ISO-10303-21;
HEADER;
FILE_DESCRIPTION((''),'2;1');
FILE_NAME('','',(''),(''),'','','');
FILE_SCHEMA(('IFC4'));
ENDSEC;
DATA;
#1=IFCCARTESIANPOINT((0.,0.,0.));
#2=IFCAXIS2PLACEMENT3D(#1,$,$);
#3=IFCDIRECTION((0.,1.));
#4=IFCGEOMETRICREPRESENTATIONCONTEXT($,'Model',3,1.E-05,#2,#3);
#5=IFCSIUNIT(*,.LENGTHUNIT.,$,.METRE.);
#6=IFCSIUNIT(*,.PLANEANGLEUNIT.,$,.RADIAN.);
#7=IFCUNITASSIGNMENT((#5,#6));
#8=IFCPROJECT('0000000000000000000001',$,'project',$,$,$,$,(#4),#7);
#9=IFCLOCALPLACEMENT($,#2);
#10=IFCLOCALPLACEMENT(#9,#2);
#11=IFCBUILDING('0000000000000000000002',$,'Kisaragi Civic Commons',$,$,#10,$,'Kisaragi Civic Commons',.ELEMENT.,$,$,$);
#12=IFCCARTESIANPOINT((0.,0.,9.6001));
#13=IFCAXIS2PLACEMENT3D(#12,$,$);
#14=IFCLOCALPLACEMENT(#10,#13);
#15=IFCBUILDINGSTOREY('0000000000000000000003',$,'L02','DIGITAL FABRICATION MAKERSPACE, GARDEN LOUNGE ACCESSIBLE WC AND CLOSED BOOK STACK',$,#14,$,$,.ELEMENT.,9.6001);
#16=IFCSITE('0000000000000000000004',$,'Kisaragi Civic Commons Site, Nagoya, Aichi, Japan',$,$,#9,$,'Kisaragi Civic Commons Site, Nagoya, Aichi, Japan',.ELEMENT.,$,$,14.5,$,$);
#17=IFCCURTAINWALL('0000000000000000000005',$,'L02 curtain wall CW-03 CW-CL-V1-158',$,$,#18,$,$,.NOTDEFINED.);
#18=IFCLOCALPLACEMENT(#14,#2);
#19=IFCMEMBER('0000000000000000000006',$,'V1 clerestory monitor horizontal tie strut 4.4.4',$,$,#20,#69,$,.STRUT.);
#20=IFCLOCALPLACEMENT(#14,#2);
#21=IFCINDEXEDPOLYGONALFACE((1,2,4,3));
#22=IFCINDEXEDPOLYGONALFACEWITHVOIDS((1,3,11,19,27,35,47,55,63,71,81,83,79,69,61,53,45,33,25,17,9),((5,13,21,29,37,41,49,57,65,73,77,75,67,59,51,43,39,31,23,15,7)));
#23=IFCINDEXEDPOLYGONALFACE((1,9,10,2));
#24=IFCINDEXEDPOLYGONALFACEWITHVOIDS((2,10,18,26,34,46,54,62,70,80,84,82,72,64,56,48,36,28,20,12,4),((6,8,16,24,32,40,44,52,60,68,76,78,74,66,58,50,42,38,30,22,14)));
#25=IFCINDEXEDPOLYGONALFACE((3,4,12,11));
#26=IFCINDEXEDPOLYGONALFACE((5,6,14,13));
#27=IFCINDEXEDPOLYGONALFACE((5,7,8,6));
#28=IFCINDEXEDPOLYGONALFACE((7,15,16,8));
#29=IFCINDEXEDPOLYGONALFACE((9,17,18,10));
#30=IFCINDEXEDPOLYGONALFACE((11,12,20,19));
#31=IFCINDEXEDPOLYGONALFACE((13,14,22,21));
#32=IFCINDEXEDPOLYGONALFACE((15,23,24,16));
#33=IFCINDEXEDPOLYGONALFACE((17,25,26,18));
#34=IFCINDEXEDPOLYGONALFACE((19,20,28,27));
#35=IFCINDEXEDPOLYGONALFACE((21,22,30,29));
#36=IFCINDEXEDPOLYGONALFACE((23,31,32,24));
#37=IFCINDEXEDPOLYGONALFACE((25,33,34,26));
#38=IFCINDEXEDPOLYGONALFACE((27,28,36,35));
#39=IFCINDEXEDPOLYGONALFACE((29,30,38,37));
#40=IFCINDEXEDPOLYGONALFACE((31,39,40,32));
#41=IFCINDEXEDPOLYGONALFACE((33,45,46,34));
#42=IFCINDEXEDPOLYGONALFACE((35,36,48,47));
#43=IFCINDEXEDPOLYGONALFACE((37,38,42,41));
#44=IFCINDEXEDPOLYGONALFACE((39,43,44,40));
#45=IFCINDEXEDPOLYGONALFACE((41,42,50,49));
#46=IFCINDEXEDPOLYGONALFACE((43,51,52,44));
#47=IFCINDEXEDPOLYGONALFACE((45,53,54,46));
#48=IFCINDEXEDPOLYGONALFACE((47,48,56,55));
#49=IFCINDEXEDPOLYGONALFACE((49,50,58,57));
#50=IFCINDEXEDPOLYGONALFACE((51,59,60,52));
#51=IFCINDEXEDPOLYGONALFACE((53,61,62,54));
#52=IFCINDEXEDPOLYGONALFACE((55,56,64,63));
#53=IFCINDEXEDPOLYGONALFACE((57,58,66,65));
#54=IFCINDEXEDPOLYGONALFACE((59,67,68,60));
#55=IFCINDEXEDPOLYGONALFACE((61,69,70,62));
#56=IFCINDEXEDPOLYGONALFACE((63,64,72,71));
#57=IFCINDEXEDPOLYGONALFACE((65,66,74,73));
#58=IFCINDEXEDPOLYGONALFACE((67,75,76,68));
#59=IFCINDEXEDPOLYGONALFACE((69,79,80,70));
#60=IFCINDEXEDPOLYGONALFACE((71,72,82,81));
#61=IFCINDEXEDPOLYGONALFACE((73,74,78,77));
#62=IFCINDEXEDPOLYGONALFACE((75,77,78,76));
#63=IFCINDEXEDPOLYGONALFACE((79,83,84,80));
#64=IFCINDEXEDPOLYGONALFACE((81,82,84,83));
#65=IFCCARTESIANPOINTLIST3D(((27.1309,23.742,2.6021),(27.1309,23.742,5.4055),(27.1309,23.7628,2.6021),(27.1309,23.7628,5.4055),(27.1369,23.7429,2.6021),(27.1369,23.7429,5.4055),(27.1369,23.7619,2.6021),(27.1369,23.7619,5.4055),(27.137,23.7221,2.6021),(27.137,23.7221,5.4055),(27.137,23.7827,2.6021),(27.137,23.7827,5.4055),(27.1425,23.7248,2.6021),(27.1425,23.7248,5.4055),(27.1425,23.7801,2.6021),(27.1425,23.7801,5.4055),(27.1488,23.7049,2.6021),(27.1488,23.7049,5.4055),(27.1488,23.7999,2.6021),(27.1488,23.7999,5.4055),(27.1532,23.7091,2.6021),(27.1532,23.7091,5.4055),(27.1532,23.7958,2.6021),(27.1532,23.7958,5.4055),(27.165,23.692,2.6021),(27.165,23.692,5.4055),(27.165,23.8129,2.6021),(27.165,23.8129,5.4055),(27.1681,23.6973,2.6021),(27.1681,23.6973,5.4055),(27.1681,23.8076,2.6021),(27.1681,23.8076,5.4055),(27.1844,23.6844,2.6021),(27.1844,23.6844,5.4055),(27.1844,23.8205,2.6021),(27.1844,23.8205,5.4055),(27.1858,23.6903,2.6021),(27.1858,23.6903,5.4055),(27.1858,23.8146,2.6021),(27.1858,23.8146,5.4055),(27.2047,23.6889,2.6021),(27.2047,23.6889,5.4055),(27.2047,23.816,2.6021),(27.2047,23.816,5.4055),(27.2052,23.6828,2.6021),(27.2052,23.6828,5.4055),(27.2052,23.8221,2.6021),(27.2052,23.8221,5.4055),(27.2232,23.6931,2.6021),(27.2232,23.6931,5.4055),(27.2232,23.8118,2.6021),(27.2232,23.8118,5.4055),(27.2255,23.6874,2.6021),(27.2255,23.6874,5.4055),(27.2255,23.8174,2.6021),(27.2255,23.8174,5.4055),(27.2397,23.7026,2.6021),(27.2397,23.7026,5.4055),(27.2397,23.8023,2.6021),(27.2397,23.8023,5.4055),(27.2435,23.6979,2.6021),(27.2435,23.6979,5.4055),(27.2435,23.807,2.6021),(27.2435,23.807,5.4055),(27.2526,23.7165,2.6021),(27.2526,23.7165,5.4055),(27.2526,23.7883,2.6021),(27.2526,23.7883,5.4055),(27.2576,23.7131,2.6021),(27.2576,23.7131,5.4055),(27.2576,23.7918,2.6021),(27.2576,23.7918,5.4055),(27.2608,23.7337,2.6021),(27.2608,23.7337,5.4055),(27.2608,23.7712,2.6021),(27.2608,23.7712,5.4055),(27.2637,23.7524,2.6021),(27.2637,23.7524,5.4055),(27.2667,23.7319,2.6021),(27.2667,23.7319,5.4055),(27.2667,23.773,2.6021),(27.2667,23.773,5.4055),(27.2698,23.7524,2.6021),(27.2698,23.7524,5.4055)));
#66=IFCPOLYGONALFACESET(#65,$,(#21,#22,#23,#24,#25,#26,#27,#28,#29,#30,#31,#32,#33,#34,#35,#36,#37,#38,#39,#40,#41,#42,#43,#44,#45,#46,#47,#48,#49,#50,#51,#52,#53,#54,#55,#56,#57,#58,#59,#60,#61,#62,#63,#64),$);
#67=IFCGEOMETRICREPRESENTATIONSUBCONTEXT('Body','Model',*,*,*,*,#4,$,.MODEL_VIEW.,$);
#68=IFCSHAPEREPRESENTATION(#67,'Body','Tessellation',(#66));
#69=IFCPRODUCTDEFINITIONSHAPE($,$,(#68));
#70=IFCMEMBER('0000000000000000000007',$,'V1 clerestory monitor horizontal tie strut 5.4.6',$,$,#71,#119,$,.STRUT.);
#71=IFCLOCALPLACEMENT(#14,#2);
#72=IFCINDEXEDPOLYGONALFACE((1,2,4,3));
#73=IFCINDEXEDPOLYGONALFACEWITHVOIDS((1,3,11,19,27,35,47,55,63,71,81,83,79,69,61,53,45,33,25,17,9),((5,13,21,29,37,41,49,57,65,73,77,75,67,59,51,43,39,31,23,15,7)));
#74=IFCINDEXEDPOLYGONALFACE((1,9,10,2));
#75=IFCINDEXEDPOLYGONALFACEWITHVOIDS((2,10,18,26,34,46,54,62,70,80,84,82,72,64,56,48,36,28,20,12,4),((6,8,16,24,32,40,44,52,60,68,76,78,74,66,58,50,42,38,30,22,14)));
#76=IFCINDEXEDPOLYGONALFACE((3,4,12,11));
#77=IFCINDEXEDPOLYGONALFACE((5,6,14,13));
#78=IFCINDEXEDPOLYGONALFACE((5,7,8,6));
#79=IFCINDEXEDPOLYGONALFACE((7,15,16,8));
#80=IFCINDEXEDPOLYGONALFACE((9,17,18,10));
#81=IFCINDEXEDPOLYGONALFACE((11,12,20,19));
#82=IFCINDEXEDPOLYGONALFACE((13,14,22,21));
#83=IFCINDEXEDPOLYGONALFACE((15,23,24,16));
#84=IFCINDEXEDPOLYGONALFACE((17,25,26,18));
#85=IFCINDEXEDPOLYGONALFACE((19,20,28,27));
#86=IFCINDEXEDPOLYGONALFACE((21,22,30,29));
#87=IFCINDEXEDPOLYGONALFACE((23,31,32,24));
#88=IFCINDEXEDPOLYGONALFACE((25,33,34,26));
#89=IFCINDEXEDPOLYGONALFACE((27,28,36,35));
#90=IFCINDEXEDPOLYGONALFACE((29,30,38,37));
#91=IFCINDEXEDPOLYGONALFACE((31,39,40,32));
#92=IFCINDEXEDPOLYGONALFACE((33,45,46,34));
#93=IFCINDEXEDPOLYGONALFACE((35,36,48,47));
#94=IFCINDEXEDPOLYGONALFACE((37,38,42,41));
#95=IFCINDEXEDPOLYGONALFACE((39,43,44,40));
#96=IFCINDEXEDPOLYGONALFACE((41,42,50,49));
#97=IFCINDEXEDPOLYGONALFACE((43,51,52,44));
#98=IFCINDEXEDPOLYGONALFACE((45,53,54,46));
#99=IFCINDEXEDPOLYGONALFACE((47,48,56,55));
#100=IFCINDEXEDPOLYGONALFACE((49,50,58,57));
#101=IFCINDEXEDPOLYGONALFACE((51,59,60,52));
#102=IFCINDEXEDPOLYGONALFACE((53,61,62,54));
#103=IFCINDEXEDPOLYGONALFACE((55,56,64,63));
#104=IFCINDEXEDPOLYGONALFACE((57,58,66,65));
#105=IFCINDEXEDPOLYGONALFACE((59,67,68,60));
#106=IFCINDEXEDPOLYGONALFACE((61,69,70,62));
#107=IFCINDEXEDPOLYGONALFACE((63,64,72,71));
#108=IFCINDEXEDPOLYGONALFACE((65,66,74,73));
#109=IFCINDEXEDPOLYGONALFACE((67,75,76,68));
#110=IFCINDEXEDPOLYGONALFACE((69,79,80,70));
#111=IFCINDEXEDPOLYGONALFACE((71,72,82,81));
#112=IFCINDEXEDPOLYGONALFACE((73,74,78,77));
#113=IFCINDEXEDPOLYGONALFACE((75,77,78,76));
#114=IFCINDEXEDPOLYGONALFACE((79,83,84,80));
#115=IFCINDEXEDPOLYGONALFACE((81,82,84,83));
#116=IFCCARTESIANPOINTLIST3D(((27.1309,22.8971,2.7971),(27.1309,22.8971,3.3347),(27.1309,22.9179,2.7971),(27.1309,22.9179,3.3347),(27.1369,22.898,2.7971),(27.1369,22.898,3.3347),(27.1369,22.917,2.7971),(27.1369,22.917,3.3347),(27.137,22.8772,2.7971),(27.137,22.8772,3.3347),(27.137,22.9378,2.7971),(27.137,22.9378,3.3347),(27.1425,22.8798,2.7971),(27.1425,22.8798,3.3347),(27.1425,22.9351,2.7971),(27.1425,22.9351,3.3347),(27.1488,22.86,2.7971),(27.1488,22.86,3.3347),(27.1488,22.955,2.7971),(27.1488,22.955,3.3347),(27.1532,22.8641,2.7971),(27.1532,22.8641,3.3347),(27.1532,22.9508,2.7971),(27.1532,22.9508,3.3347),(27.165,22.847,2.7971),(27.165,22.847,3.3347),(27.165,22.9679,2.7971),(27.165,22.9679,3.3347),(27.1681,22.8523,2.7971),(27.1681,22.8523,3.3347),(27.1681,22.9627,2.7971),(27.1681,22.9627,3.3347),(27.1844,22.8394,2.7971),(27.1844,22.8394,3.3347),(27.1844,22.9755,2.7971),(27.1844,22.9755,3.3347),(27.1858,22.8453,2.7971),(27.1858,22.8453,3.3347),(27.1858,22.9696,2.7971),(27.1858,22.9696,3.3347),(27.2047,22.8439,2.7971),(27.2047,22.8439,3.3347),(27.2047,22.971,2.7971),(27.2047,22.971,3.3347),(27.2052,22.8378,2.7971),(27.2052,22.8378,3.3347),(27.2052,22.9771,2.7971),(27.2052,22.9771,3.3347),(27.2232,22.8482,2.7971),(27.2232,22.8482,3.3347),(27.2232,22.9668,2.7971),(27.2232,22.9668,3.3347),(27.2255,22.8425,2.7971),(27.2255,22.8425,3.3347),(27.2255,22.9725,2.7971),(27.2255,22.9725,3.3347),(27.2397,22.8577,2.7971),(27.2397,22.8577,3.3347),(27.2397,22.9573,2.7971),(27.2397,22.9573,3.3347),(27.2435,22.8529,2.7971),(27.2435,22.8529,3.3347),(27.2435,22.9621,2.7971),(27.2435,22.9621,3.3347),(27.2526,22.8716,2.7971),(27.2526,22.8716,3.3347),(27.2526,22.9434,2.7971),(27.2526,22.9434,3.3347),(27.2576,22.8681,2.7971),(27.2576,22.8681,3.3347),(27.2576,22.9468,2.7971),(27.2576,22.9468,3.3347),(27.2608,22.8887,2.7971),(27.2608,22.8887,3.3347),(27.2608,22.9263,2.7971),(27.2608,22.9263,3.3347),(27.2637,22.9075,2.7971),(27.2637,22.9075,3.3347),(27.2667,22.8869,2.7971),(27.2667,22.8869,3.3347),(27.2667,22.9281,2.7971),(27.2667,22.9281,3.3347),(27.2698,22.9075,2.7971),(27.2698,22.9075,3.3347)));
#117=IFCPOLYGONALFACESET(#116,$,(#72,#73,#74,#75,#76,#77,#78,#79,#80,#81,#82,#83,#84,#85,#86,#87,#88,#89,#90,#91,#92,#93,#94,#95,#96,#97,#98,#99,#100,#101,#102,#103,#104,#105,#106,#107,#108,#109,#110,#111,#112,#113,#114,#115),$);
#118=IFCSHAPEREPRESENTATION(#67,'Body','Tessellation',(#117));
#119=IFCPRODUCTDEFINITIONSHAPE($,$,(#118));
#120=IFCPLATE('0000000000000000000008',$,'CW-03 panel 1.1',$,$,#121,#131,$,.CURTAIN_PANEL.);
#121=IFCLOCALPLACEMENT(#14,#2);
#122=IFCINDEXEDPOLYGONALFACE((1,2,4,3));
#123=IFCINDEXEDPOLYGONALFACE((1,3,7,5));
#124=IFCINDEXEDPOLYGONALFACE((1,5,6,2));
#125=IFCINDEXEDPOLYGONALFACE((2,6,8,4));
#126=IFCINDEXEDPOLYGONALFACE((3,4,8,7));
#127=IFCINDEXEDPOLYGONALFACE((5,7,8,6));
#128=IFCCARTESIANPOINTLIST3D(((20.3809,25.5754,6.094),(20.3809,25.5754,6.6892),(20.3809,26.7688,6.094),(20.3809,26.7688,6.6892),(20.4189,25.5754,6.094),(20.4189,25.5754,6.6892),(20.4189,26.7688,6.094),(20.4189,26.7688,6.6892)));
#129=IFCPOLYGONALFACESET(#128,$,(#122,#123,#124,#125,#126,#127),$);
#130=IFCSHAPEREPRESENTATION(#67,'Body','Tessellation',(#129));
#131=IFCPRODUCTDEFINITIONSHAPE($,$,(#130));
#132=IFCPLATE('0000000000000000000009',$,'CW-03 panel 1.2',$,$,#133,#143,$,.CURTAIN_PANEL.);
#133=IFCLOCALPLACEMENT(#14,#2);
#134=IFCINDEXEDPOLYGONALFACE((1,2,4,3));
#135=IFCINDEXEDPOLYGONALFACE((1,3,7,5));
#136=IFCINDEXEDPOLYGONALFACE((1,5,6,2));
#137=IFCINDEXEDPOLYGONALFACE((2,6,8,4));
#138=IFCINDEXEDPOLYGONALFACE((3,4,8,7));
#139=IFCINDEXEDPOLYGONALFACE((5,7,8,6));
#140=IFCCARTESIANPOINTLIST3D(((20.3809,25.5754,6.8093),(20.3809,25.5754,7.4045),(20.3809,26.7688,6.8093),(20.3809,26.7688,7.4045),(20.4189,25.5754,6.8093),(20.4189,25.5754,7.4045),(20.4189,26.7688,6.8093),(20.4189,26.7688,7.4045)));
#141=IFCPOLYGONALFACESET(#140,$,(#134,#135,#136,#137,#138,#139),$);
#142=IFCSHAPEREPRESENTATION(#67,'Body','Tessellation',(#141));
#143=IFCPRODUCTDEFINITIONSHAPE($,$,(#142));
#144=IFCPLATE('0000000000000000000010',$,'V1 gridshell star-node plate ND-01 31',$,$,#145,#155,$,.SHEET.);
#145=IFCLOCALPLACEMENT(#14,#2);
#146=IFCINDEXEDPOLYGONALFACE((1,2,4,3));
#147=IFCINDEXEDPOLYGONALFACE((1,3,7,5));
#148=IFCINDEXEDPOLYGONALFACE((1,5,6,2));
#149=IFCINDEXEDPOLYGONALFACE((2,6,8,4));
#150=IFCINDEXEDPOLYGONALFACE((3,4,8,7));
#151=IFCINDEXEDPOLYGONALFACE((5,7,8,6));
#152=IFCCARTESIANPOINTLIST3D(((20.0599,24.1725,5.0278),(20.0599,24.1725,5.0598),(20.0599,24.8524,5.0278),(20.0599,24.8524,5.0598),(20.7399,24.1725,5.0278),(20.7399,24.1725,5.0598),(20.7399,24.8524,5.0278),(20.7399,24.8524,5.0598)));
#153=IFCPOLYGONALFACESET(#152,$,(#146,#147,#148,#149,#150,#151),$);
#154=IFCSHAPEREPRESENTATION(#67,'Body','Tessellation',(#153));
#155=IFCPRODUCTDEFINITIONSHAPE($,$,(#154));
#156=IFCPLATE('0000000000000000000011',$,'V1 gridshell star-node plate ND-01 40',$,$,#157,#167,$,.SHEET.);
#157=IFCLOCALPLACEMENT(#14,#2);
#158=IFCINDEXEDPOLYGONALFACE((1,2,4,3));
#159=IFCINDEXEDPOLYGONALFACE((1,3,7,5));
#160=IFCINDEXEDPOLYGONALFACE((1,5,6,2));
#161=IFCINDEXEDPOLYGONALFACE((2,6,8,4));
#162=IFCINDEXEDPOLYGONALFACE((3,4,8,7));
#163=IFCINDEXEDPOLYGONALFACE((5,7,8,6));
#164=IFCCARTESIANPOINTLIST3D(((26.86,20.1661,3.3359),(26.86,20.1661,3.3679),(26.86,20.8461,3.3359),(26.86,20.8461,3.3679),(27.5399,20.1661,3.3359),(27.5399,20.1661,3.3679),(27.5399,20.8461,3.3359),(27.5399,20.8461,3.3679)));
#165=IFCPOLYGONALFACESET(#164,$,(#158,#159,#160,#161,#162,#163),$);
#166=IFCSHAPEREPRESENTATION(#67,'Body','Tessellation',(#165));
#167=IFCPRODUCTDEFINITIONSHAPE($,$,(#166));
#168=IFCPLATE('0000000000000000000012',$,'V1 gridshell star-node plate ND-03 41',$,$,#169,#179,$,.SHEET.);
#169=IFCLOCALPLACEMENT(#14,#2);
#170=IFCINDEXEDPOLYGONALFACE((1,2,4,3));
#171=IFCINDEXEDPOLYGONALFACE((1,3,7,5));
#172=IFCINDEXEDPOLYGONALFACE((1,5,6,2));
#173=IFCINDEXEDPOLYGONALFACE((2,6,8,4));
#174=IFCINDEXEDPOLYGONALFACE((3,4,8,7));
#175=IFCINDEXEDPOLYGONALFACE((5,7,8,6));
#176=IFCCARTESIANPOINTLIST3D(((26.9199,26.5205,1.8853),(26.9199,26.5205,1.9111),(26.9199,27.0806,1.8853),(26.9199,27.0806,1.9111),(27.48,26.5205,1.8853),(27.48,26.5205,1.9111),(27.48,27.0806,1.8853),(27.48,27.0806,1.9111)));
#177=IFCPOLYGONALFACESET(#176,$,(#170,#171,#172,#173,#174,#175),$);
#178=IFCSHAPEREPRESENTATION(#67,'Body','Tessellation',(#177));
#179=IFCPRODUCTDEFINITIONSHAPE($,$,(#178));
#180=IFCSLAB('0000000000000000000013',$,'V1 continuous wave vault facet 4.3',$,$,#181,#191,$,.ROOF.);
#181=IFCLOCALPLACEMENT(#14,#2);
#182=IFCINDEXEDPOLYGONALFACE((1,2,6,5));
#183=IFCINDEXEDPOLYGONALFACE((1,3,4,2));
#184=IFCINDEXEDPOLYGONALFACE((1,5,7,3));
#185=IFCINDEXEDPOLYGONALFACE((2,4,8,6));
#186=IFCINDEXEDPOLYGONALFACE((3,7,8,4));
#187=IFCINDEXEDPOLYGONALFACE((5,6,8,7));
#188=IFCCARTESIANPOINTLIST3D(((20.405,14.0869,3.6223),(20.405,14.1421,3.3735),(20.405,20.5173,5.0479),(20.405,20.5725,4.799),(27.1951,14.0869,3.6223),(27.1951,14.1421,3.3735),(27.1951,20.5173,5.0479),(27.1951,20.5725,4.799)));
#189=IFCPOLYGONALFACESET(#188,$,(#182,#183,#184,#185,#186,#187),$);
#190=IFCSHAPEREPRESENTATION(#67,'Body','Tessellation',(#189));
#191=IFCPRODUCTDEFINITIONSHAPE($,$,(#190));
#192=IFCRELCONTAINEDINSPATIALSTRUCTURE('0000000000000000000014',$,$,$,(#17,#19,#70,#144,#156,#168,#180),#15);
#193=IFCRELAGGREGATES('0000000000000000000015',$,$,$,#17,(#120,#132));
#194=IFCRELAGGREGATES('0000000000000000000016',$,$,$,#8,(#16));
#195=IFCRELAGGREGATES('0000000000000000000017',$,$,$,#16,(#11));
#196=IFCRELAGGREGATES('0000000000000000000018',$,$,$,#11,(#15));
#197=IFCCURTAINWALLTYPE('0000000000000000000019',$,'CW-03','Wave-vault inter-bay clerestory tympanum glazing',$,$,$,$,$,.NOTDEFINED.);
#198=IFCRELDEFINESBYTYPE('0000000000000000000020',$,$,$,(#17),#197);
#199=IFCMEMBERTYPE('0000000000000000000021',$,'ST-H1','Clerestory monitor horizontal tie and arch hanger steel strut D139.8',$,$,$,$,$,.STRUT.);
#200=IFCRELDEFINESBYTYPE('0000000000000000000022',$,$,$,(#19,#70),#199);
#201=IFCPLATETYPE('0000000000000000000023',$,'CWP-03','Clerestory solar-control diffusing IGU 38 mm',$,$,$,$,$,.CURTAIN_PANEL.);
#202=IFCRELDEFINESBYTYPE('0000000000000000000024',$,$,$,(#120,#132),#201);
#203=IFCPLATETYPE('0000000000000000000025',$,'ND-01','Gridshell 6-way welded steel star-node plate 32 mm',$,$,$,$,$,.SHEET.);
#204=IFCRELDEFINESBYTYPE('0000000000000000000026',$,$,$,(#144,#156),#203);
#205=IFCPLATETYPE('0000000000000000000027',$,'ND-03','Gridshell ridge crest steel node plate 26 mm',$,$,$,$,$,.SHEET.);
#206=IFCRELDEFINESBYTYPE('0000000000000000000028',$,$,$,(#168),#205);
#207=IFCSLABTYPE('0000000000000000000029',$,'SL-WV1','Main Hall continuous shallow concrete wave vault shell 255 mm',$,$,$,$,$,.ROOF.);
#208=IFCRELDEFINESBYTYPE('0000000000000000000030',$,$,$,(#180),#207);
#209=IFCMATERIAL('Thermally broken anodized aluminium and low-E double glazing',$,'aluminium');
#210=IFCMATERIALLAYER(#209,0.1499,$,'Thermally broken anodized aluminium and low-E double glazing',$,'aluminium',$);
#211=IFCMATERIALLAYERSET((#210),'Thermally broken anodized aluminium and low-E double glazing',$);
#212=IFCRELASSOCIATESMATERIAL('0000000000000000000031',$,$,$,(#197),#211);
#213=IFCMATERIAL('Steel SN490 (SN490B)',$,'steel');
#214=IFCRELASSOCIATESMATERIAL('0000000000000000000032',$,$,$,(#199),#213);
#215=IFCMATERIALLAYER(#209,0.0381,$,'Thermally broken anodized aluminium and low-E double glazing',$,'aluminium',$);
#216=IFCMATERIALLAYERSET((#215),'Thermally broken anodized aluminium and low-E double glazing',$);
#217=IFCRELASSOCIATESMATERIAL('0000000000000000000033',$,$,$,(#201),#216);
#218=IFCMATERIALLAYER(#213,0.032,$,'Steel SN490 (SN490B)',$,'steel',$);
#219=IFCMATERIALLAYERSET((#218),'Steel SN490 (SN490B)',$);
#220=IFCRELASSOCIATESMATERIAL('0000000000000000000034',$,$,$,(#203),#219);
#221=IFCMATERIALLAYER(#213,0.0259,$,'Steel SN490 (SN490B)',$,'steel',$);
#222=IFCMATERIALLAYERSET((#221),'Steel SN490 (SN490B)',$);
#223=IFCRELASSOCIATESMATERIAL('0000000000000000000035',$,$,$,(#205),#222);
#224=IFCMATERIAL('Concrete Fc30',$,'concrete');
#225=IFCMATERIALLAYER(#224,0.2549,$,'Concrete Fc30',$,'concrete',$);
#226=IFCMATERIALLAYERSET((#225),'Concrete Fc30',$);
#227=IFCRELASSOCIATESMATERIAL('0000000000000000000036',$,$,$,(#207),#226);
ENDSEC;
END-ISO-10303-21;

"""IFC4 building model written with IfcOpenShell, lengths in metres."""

from ifc_helpers import new_model, si_unit, direction, frame, origin, origin_2d, place, context, subcontext, project, spatial, polyline, rectangle, hollow_circle, outline, extrude, material, layer, layer_set, material_profile, profile_set, type_object, element, aggregate, save


model = new_model("IFC4")

# Units and contexts
model_context = context("Model", 3, precision=1e-05, world=origin(), true_north=direction((0.0, 1.0)))
body_context = subcontext(model_context, "Body", "Model", "MODEL_VIEW")
ifc_project = project(units=[si_unit("LENGTHUNIT", "METRE"), si_unit("PLANEANGLEUNIT", "RADIAN")], contexts=[model_context])

# Site, building, storey
site_placement = place(None, origin())
site = spatial("IfcSite", under=ifc_project, at=site_placement, Name="Kisaragi Civic Commons Site, Nagoya, Aichi, Japan", LongName="Kisaragi Civic Commons Site, Nagoya, Aichi, Japan", CompositionType="ELEMENT", RefElevation=14.5)
building_placement = place(site_placement, origin())
building = spatial("IfcBuilding", under=site, at=building_placement, Name="Kisaragi Civic Commons", LongName="Kisaragi Civic Commons", CompositionType="ELEMENT")
storey_placement = place(building_placement, frame((0.0, 0.0, 9.6001)))
storey = spatial("IfcBuildingStorey", under=building, at=storey_placement, Name="L02", Description="DIGITAL FABRICATION MAKERSPACE, GARDEN LOUNGE ACCESSIBLE WC AND CLOSED BOOK STACK", CompositionType="ELEMENT", Elevation=9.6001)

# Curtain wall
ifc_material_1 = material(Name="Thermally broken anodized aluminium and low-E double glazing", Category="aluminium")
ifc_layer_1 = layer(ifc_material_1, 0.1499, Name="Thermally broken anodized aluminium and low-E double glazing", Category="aluminium")
ifc_layer_set_1 = layer_set([ifc_layer_1], Name="Thermally broken anodized aluminium and low-E double glazing")
curtain_wall_type = type_object("IfcCurtainWallType", Name="CW-03", Description="Wave-vault inter-bay clerestory tympanum glazing", PredefinedType="NOTDEFINED", material=ifc_layer_set_1)
curtain_wall_placement = place(storey_placement, origin())
curtain_wall = element("IfcCurtainWall", 1, at=curtain_wall_placement, inside=storey, type_object=curtain_wall_type, Name="L02 curtain wall CW-03 CW-CL-V1-158", PredefinedType="NOTDEFINED")

# Members
ifc_material_2 = material(Name="Steel SN490 (SN490B)", Category="steel")
ifc_material_profile_1 = material_profile(ifc_material_2, hollow_circle(Radius=0.0698, WallThickness=0.0061, at=origin_2d()), Name="CHS-139.8x6.0", Category="steel")
ifc_profile_set_1 = profile_set([ifc_material_profile_1], Name="Steel SN490 (SN490B)")
member_type_1 = type_object("IfcMemberType", Name="ST-H1", Description="Clerestory monitor horizontal tie and arch hanger steel strut D139.8", PredefinedType="STRUT", material=ifc_profile_set_1)
member_1_placement = place(storey_placement, frame((27.2, 23.7524, 2.6021), z_axis=(0.0, 0.0, 1.0), x_axis=(1.0, 0.0, 0.0)))
element("IfcMember", 2, at=member_1_placement, inside=storey, type_object=member_type_1, Name="V1 clerestory monitor horizontal tie strut 4.4.4", PredefinedType="STRUT", context=body_context, shape_type="SweptSolid", body=[
    extrude(hollow_circle(Radius=0.0698, WallThickness=0.0061, at=origin_2d()), origin(), (0.0, 0.0, 1.0), 2.8035),
])
member_2_placement = place(storey_placement, frame((27.2, 22.9075, 2.7971), z_axis=(0.0, 0.0, 1.0), x_axis=(1.0, 0.0, 0.0)))
element("IfcMember", 3, at=member_2_placement, inside=storey, type_object=member_type_1, Name="V1 clerestory monitor horizontal tie strut 5.4.6", PredefinedType="STRUT", context=body_context, shape_type="SweptSolid", body=[
    extrude(hollow_circle(Radius=0.0698, WallThickness=0.0061, at=origin_2d()), origin(), (0.0, 0.0, 1.0), 0.5376),
])

# Plates
ifc_layer_2 = layer(ifc_material_1, 0.0381, Name="Thermally broken anodized aluminium and low-E double glazing", Category="aluminium")
ifc_layer_set_2 = layer_set([ifc_layer_2], Name="Thermally broken anodized aluminium and low-E double glazing")
plate_type_1 = type_object("IfcPlateType", Name="CWP-03", Description="Clerestory solar-control diffusing IGU 38 mm", PredefinedType="CURTAIN_PANEL", material=ifc_layer_set_2)
plate_1_placement = place(storey_placement, frame((20.3999, 26.1721, 6.094), z_axis=(0.0, 0.0, 1.0), x_axis=(0.0, 1.0, 0.0)))
plate_1 = element("IfcPlate", 4, at=plate_1_placement, type_object=plate_type_1, Name="CW-03 panel 1.1", PredefinedType="CURTAIN_PANEL", context=body_context, shape_type="SweptSolid", body=[
    extrude(rectangle(XDim=1.1934, YDim=0.0381, at=origin_2d()), origin(), (0.0, 0.0, 1.0), 0.5952),
])
plate_2_placement = place(storey_placement, frame((20.3999, 26.1721, 6.8093), z_axis=(0.0, 0.0, 1.0), x_axis=(0.0, 1.0, 0.0)))
plate_2 = element("IfcPlate", 5, at=plate_2_placement, type_object=plate_type_1, Name="CW-03 panel 1.2", PredefinedType="CURTAIN_PANEL", context=body_context, shape_type="SweptSolid", body=[
    extrude(rectangle(XDim=1.1934, YDim=0.0381, at=origin_2d()), origin(), (0.0, 0.0, 1.0), 0.5952),
])
aggregate(curtain_wall, [plate_1, plate_2])

# Plates
ifc_layer_3 = layer(ifc_material_2, 0.032, Name="Steel SN490 (SN490B)", Category="steel")
ifc_layer_set_3 = layer_set([ifc_layer_3], Name="Steel SN490 (SN490B)")
plate_type_2 = type_object("IfcPlateType", Name="ND-01", Description="Gridshell 6-way welded steel star-node plate 32 mm", PredefinedType="SHEET", material=ifc_layer_set_3)
for number, where, z_axis, x_axis, name in (
    (6, (20.3999, 24.5125, 5.0278), (0.0, 0.0, 1.0), (1.0, 0.0, 0.0), "V1 gridshell star-node plate ND-01 31"),
    (7, (27.2, 20.5061, 3.3359), (0.0, 0.0, 1.0), (1.0, 0.0, 0.0), "V1 gridshell star-node plate ND-01 40"),
):
    element("IfcPlate", number, at=place(storey_placement, frame(where, z_axis=z_axis, x_axis=x_axis)), inside=storey, type_object=plate_type_2, Name=name, PredefinedType="SHEET", context=body_context, shape_type="SweptSolid", body=[
        extrude(rectangle(XDim=0.6799, YDim=0.6799, at=origin_2d()), origin(), (0.0, 0.0, 1.0), 0.032),
    ])
ifc_layer_4 = layer(ifc_material_2, 0.0259, Name="Steel SN490 (SN490B)", Category="steel")
ifc_layer_set_4 = layer_set([ifc_layer_4], Name="Steel SN490 (SN490B)")
plate_type_3 = type_object("IfcPlateType", Name="ND-03", Description="Gridshell ridge crest steel node plate 26 mm", PredefinedType="SHEET", material=ifc_layer_set_4)
plate_3_placement = place(storey_placement, frame((27.2, 26.8005, 1.8853), z_axis=(0.0, 0.0, 1.0), x_axis=(1.0, 0.0, 0.0)))
element("IfcPlate", 8, at=plate_3_placement, inside=storey, type_object=plate_type_3, Name="V1 gridshell star-node plate ND-03 41", PredefinedType="SHEET", context=body_context, shape_type="SweptSolid", body=[
    extrude(rectangle(XDim=0.5601, YDim=0.5601, at=origin_2d()), origin(), (0.0, 0.0, 1.0), 0.0259),
])

# Slab
ifc_material_3 = material(Name="Concrete Fc30", Category="concrete")
ifc_layer_5 = layer(ifc_material_3, 0.2549, Name="Concrete Fc30", Category="concrete")
ifc_layer_set_5 = layer_set([ifc_layer_5], Name="Concrete Fc30")
slab_type = type_object("IfcSlabType", Name="SL-WV1", Description="Main Hall continuous shallow concrete wave vault shell 255 mm", PredefinedType="ROOF", material=ifc_layer_set_5)
slab_placement = place(storey_placement, frame((27.1951, 20.5173, 5.0479), z_axis=(0.0, -0.216432, 0.976298), x_axis=(-1.0, 0.0, 0.0)))
element("IfcSlab", 9, at=slab_placement, inside=storey, type_object=slab_type, Name="V1 continuous wave vault facet 4.3", PredefinedType="ROOF", context=body_context, shape_type="SweptSolid", body=[
    extrude(outline(polyline([(0.0, 0.0), (6.79, 0.0), (6.79, 6.5865), (0.0, 6.5865), (0.0, 0.0)])), origin(), (0.0, 0.0, -1.0), 0.2549),
])

save(model, "model.ifc")
